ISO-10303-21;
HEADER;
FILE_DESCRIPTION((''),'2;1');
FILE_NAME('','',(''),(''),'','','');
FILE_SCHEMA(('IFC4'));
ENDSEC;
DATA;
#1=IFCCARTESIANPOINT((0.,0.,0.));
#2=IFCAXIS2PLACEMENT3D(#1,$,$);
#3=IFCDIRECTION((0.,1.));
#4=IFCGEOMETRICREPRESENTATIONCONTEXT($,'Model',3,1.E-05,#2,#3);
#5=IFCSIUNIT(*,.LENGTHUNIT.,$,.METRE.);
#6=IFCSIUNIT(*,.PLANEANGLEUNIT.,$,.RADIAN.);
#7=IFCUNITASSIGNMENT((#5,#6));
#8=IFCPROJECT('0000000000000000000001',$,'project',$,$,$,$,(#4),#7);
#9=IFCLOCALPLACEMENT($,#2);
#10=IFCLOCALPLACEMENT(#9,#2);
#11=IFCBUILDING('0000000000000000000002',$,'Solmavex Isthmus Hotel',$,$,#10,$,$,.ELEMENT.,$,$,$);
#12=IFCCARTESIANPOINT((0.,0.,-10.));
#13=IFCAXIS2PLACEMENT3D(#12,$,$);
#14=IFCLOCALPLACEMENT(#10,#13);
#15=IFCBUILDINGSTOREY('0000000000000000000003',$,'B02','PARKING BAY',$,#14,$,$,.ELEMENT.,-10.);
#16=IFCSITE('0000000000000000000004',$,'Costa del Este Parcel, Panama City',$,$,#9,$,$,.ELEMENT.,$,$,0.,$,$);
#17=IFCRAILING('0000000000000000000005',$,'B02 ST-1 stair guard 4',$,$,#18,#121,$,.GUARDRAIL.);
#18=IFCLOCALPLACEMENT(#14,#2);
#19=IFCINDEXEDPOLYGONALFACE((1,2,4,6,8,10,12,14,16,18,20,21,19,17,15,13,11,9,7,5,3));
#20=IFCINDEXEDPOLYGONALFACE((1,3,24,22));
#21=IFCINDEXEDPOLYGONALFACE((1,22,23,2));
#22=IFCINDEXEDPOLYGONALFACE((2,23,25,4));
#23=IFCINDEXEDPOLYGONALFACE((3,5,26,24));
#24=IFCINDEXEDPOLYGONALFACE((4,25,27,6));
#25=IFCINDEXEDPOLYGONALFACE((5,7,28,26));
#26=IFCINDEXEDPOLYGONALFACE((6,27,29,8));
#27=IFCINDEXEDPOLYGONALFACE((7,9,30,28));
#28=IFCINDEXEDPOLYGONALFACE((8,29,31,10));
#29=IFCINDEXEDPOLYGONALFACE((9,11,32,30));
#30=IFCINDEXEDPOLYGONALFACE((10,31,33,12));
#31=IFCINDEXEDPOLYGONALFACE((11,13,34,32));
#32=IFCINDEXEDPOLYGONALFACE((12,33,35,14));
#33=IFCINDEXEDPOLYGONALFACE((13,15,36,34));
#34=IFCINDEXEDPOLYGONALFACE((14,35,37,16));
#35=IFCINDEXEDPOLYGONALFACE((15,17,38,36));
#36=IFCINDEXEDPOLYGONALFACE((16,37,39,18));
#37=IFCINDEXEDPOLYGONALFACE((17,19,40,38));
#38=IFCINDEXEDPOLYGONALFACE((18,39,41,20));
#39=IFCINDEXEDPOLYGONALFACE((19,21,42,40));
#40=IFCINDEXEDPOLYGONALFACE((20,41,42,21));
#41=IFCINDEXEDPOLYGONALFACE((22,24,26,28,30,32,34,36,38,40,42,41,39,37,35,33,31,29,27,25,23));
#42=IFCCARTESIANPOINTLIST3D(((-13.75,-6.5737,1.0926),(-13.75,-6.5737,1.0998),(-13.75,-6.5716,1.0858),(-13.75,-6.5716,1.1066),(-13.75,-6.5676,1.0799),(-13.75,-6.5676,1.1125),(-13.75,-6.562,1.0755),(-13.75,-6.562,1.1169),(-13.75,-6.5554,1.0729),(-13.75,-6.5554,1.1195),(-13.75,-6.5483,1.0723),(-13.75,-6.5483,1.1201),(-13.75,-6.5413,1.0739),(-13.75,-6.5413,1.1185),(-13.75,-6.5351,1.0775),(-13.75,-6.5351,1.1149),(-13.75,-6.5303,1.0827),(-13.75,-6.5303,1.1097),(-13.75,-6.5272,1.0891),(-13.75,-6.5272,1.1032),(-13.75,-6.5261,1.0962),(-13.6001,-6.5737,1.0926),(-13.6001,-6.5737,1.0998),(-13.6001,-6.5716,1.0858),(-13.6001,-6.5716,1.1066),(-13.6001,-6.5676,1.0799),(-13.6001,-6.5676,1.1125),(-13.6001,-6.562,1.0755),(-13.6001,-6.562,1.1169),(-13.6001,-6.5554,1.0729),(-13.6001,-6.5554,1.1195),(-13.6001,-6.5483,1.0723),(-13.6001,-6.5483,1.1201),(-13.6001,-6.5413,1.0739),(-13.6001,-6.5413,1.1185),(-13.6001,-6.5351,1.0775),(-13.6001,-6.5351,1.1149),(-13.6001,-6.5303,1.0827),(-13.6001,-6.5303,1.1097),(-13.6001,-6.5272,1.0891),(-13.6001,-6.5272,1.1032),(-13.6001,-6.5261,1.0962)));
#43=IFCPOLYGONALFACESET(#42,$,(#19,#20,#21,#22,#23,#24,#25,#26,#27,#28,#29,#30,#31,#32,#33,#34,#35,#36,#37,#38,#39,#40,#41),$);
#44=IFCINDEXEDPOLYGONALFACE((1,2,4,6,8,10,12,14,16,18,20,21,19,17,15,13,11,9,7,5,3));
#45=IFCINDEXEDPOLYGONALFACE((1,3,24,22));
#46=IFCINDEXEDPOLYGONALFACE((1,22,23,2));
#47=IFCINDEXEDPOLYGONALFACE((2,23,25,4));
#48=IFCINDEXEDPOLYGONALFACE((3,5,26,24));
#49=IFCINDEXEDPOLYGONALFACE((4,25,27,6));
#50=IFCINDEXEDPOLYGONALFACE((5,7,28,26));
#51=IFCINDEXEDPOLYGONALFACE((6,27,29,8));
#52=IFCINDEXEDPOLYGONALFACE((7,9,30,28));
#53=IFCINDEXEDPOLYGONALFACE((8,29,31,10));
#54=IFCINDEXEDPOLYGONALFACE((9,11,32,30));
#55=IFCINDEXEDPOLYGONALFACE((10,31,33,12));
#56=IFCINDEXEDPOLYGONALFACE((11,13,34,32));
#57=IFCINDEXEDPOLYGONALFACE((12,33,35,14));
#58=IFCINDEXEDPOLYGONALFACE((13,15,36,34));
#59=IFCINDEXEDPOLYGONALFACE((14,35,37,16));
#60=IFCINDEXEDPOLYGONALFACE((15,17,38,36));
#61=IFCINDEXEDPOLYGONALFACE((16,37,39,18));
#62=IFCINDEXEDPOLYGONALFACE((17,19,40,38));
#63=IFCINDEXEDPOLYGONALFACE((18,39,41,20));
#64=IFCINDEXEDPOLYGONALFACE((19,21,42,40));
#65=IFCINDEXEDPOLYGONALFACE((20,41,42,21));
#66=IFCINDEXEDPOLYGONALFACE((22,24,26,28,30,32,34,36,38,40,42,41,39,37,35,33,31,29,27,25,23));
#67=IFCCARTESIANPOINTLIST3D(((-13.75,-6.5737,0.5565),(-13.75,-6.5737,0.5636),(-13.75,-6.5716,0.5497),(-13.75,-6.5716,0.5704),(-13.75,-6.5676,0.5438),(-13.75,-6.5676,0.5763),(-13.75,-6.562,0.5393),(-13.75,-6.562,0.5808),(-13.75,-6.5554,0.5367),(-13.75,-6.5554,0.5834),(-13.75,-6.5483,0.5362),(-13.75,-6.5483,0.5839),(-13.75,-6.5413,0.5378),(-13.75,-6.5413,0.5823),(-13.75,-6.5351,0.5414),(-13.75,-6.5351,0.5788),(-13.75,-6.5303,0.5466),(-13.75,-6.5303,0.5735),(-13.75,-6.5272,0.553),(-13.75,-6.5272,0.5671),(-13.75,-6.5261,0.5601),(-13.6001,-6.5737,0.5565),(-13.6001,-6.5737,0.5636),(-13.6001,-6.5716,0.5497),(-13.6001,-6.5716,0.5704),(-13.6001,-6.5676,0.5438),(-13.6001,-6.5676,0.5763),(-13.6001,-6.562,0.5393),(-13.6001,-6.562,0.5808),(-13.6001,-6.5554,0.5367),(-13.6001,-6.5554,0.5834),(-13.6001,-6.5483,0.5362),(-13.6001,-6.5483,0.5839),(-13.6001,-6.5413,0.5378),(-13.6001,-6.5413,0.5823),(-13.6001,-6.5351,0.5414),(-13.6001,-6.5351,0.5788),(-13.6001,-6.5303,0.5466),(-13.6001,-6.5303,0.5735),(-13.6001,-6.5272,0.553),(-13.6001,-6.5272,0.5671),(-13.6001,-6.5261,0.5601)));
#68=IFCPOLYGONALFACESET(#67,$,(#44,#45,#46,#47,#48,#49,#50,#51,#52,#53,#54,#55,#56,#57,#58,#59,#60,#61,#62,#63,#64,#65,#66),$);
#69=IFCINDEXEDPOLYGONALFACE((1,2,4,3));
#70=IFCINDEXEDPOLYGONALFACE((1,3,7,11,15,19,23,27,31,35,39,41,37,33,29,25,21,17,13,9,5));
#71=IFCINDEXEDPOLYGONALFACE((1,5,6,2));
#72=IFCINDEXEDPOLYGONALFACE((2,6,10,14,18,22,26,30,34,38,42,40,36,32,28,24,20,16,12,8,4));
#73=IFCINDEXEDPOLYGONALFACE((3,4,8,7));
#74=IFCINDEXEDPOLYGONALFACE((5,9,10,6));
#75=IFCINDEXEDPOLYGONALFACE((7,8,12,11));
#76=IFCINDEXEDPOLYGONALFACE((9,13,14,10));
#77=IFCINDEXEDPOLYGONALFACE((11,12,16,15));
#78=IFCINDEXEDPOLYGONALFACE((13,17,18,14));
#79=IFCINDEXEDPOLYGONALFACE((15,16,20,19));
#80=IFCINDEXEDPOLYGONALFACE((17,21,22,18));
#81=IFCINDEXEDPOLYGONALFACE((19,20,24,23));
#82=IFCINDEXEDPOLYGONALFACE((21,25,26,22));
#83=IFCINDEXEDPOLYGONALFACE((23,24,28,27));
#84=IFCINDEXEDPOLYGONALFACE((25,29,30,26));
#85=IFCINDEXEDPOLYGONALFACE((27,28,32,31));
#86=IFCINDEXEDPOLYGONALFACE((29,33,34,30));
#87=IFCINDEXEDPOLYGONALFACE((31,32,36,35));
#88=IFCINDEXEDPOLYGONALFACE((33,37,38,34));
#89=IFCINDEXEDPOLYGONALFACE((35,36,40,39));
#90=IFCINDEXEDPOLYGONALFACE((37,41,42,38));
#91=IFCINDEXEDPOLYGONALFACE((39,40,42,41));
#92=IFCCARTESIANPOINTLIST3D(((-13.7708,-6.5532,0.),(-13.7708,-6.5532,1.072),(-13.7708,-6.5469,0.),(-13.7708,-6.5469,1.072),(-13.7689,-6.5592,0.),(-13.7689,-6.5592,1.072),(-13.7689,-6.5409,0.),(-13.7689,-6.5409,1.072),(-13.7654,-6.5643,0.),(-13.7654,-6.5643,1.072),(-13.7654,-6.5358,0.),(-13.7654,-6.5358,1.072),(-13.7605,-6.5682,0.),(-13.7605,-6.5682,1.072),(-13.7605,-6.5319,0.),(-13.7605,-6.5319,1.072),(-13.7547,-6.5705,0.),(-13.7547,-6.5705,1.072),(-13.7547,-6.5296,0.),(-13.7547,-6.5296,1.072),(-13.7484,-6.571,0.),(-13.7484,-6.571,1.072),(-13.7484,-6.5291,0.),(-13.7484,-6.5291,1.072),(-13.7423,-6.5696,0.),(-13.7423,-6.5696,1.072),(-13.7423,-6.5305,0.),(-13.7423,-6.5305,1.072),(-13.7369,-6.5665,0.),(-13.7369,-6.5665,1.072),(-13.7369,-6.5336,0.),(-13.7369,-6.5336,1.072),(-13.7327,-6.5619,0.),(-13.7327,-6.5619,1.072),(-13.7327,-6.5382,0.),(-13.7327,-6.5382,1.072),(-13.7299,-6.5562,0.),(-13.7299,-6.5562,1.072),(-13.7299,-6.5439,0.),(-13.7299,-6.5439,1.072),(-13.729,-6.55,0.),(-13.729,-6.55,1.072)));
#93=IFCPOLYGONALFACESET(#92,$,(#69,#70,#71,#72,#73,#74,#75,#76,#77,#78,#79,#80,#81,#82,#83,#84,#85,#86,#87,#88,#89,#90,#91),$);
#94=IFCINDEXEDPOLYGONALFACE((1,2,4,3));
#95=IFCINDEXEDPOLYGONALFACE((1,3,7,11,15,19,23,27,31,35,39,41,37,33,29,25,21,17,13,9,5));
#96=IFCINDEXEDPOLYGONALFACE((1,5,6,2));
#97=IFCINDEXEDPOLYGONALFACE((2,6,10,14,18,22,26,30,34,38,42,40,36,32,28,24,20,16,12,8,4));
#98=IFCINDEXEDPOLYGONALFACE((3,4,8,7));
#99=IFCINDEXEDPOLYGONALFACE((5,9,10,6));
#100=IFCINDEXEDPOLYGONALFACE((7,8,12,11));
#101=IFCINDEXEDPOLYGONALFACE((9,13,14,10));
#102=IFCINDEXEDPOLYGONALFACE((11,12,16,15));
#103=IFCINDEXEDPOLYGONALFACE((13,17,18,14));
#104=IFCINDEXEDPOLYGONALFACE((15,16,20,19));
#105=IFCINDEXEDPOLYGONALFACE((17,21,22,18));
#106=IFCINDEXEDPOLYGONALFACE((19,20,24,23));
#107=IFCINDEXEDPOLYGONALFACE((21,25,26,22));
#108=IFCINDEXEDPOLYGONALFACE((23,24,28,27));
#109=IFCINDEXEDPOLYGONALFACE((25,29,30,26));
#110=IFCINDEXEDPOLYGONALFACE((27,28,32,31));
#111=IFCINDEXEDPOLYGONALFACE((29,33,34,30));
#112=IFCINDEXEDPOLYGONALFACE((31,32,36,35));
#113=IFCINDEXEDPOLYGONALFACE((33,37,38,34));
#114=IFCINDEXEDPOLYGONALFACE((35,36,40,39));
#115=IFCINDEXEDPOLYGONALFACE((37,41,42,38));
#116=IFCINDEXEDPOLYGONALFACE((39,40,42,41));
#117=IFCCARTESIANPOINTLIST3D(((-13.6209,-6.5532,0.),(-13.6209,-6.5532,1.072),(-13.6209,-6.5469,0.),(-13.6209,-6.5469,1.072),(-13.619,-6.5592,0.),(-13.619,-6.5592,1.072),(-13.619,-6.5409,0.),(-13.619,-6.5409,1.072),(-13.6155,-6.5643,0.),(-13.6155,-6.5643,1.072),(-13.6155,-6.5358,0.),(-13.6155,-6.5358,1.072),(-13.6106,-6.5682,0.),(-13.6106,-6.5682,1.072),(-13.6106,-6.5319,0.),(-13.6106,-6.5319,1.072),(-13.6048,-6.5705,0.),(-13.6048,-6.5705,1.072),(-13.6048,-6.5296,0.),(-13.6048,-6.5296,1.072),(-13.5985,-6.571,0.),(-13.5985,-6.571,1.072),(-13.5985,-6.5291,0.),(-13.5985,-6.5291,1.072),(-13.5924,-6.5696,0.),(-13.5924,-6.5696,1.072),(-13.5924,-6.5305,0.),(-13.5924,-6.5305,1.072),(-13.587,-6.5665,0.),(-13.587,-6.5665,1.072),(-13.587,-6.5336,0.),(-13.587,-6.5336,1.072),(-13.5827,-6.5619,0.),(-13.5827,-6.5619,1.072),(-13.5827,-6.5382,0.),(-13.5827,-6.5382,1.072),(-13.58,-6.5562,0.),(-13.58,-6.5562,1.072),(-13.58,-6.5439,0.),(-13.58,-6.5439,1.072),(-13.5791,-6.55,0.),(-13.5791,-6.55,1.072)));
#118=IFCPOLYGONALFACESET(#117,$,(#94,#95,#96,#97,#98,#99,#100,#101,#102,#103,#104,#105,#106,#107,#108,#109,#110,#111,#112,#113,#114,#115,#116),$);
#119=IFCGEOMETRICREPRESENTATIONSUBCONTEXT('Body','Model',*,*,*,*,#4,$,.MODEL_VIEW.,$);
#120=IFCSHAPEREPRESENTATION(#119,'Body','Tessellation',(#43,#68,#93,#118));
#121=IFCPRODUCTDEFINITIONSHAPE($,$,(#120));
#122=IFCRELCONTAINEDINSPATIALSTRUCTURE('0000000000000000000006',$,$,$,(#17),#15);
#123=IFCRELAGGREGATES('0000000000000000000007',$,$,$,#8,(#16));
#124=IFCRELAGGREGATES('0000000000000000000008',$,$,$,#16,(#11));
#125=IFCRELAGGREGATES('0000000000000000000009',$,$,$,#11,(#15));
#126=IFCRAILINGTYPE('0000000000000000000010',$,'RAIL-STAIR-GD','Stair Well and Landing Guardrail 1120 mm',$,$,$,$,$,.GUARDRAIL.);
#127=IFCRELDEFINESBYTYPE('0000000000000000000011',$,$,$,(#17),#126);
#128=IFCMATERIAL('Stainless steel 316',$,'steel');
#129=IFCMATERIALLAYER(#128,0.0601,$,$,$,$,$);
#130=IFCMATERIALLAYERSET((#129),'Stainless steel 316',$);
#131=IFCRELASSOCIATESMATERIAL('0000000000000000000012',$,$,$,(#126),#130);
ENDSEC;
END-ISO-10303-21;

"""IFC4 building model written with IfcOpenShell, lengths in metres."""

from ifc_helpers import new_model, si_unit, direction, frame, origin, origin_2d, place, context, subcontext, project, spatial, circle, extrude, material, layer, layer_set, type_object, element, save


model = new_model("IFC4")

# Units and contexts
model_context = context("Model", 3, precision=1e-05, world=origin(), true_north=direction((0.0, 1.0)))
body_context = subcontext(model_context, "Body", "Model", "MODEL_VIEW")
ifc_project = project(units=[si_unit("LENGTHUNIT", "METRE"), si_unit("PLANEANGLEUNIT", "RADIAN")], contexts=[model_context])

# Site, building, storey
site_placement = place(None, origin())
site = spatial("IfcSite", under=ifc_project, at=site_placement, Name="Costa del Este Parcel, Panama City", CompositionType="ELEMENT", RefElevation=0.0)
building_placement = place(site_placement, origin())
building = spatial("IfcBuilding", under=site, at=building_placement, Name="Solmavex Isthmus Hotel", CompositionType="ELEMENT")
storey_placement = place(building_placement, frame((0.0, 0.0, -10.0)))
storey = spatial("IfcBuildingStorey", under=building, at=storey_placement, Name="B02", Description="PARKING BAY", CompositionType="ELEMENT", Elevation=-10.0)

# Shared definitions
ifc_material_1 = material(Name="Stainless steel 316", Category="steel")

# Railing
ifc_layer_1 = layer(ifc_material_1, 0.0601)
ifc_layer_set_1 = layer_set([ifc_layer_1], Name="Stainless steel 316")
railing_type_1 = type_object("IfcRailingType", Name="RAIL-STAIR-GD", Description="Stair Well and Landing Guardrail 1120 mm", PredefinedType="GUARDRAIL", material=ifc_layer_set_1)
railing_1_placement = place(storey_placement, frame((-13.75, -6.55, 0.0)))
element("IfcRailing", 1, at=railing_1_placement, inside=storey, type_object=railing_type_1, Name="B02 ST-1 stair guard 4", PredefinedType="GUARDRAIL", context=body_context, shape_type="SweptSolid", body=[
    extrude(circle(Radius=0.0239, at=origin_2d()), frame((0.0, 0.0, 1.0962), z_axis=(1.0, 0.0, 0.0), x_axis=(0.0, 1.0, 0.0)), (0.0, 0.0, 1.0), 0.1499),
    extrude(circle(Radius=0.0239, at=origin_2d()), frame((0.0, 0.0, 0.5601), z_axis=(1.0, 0.0, 0.0), x_axis=(0.0, 1.0, 0.0)), (0.0, 0.0, 1.0), 0.1499),
    extrude(circle(Radius=0.021, at=origin_2d()), origin(), (0.0, 0.0, 1.0), 1.072),
    extrude(circle(Radius=0.021, at=origin_2d()), frame((0.1499, 0.0, 0.0)), (0.0, 0.0, 1.0), 1.072),
])

save(model, "model.ifc")
